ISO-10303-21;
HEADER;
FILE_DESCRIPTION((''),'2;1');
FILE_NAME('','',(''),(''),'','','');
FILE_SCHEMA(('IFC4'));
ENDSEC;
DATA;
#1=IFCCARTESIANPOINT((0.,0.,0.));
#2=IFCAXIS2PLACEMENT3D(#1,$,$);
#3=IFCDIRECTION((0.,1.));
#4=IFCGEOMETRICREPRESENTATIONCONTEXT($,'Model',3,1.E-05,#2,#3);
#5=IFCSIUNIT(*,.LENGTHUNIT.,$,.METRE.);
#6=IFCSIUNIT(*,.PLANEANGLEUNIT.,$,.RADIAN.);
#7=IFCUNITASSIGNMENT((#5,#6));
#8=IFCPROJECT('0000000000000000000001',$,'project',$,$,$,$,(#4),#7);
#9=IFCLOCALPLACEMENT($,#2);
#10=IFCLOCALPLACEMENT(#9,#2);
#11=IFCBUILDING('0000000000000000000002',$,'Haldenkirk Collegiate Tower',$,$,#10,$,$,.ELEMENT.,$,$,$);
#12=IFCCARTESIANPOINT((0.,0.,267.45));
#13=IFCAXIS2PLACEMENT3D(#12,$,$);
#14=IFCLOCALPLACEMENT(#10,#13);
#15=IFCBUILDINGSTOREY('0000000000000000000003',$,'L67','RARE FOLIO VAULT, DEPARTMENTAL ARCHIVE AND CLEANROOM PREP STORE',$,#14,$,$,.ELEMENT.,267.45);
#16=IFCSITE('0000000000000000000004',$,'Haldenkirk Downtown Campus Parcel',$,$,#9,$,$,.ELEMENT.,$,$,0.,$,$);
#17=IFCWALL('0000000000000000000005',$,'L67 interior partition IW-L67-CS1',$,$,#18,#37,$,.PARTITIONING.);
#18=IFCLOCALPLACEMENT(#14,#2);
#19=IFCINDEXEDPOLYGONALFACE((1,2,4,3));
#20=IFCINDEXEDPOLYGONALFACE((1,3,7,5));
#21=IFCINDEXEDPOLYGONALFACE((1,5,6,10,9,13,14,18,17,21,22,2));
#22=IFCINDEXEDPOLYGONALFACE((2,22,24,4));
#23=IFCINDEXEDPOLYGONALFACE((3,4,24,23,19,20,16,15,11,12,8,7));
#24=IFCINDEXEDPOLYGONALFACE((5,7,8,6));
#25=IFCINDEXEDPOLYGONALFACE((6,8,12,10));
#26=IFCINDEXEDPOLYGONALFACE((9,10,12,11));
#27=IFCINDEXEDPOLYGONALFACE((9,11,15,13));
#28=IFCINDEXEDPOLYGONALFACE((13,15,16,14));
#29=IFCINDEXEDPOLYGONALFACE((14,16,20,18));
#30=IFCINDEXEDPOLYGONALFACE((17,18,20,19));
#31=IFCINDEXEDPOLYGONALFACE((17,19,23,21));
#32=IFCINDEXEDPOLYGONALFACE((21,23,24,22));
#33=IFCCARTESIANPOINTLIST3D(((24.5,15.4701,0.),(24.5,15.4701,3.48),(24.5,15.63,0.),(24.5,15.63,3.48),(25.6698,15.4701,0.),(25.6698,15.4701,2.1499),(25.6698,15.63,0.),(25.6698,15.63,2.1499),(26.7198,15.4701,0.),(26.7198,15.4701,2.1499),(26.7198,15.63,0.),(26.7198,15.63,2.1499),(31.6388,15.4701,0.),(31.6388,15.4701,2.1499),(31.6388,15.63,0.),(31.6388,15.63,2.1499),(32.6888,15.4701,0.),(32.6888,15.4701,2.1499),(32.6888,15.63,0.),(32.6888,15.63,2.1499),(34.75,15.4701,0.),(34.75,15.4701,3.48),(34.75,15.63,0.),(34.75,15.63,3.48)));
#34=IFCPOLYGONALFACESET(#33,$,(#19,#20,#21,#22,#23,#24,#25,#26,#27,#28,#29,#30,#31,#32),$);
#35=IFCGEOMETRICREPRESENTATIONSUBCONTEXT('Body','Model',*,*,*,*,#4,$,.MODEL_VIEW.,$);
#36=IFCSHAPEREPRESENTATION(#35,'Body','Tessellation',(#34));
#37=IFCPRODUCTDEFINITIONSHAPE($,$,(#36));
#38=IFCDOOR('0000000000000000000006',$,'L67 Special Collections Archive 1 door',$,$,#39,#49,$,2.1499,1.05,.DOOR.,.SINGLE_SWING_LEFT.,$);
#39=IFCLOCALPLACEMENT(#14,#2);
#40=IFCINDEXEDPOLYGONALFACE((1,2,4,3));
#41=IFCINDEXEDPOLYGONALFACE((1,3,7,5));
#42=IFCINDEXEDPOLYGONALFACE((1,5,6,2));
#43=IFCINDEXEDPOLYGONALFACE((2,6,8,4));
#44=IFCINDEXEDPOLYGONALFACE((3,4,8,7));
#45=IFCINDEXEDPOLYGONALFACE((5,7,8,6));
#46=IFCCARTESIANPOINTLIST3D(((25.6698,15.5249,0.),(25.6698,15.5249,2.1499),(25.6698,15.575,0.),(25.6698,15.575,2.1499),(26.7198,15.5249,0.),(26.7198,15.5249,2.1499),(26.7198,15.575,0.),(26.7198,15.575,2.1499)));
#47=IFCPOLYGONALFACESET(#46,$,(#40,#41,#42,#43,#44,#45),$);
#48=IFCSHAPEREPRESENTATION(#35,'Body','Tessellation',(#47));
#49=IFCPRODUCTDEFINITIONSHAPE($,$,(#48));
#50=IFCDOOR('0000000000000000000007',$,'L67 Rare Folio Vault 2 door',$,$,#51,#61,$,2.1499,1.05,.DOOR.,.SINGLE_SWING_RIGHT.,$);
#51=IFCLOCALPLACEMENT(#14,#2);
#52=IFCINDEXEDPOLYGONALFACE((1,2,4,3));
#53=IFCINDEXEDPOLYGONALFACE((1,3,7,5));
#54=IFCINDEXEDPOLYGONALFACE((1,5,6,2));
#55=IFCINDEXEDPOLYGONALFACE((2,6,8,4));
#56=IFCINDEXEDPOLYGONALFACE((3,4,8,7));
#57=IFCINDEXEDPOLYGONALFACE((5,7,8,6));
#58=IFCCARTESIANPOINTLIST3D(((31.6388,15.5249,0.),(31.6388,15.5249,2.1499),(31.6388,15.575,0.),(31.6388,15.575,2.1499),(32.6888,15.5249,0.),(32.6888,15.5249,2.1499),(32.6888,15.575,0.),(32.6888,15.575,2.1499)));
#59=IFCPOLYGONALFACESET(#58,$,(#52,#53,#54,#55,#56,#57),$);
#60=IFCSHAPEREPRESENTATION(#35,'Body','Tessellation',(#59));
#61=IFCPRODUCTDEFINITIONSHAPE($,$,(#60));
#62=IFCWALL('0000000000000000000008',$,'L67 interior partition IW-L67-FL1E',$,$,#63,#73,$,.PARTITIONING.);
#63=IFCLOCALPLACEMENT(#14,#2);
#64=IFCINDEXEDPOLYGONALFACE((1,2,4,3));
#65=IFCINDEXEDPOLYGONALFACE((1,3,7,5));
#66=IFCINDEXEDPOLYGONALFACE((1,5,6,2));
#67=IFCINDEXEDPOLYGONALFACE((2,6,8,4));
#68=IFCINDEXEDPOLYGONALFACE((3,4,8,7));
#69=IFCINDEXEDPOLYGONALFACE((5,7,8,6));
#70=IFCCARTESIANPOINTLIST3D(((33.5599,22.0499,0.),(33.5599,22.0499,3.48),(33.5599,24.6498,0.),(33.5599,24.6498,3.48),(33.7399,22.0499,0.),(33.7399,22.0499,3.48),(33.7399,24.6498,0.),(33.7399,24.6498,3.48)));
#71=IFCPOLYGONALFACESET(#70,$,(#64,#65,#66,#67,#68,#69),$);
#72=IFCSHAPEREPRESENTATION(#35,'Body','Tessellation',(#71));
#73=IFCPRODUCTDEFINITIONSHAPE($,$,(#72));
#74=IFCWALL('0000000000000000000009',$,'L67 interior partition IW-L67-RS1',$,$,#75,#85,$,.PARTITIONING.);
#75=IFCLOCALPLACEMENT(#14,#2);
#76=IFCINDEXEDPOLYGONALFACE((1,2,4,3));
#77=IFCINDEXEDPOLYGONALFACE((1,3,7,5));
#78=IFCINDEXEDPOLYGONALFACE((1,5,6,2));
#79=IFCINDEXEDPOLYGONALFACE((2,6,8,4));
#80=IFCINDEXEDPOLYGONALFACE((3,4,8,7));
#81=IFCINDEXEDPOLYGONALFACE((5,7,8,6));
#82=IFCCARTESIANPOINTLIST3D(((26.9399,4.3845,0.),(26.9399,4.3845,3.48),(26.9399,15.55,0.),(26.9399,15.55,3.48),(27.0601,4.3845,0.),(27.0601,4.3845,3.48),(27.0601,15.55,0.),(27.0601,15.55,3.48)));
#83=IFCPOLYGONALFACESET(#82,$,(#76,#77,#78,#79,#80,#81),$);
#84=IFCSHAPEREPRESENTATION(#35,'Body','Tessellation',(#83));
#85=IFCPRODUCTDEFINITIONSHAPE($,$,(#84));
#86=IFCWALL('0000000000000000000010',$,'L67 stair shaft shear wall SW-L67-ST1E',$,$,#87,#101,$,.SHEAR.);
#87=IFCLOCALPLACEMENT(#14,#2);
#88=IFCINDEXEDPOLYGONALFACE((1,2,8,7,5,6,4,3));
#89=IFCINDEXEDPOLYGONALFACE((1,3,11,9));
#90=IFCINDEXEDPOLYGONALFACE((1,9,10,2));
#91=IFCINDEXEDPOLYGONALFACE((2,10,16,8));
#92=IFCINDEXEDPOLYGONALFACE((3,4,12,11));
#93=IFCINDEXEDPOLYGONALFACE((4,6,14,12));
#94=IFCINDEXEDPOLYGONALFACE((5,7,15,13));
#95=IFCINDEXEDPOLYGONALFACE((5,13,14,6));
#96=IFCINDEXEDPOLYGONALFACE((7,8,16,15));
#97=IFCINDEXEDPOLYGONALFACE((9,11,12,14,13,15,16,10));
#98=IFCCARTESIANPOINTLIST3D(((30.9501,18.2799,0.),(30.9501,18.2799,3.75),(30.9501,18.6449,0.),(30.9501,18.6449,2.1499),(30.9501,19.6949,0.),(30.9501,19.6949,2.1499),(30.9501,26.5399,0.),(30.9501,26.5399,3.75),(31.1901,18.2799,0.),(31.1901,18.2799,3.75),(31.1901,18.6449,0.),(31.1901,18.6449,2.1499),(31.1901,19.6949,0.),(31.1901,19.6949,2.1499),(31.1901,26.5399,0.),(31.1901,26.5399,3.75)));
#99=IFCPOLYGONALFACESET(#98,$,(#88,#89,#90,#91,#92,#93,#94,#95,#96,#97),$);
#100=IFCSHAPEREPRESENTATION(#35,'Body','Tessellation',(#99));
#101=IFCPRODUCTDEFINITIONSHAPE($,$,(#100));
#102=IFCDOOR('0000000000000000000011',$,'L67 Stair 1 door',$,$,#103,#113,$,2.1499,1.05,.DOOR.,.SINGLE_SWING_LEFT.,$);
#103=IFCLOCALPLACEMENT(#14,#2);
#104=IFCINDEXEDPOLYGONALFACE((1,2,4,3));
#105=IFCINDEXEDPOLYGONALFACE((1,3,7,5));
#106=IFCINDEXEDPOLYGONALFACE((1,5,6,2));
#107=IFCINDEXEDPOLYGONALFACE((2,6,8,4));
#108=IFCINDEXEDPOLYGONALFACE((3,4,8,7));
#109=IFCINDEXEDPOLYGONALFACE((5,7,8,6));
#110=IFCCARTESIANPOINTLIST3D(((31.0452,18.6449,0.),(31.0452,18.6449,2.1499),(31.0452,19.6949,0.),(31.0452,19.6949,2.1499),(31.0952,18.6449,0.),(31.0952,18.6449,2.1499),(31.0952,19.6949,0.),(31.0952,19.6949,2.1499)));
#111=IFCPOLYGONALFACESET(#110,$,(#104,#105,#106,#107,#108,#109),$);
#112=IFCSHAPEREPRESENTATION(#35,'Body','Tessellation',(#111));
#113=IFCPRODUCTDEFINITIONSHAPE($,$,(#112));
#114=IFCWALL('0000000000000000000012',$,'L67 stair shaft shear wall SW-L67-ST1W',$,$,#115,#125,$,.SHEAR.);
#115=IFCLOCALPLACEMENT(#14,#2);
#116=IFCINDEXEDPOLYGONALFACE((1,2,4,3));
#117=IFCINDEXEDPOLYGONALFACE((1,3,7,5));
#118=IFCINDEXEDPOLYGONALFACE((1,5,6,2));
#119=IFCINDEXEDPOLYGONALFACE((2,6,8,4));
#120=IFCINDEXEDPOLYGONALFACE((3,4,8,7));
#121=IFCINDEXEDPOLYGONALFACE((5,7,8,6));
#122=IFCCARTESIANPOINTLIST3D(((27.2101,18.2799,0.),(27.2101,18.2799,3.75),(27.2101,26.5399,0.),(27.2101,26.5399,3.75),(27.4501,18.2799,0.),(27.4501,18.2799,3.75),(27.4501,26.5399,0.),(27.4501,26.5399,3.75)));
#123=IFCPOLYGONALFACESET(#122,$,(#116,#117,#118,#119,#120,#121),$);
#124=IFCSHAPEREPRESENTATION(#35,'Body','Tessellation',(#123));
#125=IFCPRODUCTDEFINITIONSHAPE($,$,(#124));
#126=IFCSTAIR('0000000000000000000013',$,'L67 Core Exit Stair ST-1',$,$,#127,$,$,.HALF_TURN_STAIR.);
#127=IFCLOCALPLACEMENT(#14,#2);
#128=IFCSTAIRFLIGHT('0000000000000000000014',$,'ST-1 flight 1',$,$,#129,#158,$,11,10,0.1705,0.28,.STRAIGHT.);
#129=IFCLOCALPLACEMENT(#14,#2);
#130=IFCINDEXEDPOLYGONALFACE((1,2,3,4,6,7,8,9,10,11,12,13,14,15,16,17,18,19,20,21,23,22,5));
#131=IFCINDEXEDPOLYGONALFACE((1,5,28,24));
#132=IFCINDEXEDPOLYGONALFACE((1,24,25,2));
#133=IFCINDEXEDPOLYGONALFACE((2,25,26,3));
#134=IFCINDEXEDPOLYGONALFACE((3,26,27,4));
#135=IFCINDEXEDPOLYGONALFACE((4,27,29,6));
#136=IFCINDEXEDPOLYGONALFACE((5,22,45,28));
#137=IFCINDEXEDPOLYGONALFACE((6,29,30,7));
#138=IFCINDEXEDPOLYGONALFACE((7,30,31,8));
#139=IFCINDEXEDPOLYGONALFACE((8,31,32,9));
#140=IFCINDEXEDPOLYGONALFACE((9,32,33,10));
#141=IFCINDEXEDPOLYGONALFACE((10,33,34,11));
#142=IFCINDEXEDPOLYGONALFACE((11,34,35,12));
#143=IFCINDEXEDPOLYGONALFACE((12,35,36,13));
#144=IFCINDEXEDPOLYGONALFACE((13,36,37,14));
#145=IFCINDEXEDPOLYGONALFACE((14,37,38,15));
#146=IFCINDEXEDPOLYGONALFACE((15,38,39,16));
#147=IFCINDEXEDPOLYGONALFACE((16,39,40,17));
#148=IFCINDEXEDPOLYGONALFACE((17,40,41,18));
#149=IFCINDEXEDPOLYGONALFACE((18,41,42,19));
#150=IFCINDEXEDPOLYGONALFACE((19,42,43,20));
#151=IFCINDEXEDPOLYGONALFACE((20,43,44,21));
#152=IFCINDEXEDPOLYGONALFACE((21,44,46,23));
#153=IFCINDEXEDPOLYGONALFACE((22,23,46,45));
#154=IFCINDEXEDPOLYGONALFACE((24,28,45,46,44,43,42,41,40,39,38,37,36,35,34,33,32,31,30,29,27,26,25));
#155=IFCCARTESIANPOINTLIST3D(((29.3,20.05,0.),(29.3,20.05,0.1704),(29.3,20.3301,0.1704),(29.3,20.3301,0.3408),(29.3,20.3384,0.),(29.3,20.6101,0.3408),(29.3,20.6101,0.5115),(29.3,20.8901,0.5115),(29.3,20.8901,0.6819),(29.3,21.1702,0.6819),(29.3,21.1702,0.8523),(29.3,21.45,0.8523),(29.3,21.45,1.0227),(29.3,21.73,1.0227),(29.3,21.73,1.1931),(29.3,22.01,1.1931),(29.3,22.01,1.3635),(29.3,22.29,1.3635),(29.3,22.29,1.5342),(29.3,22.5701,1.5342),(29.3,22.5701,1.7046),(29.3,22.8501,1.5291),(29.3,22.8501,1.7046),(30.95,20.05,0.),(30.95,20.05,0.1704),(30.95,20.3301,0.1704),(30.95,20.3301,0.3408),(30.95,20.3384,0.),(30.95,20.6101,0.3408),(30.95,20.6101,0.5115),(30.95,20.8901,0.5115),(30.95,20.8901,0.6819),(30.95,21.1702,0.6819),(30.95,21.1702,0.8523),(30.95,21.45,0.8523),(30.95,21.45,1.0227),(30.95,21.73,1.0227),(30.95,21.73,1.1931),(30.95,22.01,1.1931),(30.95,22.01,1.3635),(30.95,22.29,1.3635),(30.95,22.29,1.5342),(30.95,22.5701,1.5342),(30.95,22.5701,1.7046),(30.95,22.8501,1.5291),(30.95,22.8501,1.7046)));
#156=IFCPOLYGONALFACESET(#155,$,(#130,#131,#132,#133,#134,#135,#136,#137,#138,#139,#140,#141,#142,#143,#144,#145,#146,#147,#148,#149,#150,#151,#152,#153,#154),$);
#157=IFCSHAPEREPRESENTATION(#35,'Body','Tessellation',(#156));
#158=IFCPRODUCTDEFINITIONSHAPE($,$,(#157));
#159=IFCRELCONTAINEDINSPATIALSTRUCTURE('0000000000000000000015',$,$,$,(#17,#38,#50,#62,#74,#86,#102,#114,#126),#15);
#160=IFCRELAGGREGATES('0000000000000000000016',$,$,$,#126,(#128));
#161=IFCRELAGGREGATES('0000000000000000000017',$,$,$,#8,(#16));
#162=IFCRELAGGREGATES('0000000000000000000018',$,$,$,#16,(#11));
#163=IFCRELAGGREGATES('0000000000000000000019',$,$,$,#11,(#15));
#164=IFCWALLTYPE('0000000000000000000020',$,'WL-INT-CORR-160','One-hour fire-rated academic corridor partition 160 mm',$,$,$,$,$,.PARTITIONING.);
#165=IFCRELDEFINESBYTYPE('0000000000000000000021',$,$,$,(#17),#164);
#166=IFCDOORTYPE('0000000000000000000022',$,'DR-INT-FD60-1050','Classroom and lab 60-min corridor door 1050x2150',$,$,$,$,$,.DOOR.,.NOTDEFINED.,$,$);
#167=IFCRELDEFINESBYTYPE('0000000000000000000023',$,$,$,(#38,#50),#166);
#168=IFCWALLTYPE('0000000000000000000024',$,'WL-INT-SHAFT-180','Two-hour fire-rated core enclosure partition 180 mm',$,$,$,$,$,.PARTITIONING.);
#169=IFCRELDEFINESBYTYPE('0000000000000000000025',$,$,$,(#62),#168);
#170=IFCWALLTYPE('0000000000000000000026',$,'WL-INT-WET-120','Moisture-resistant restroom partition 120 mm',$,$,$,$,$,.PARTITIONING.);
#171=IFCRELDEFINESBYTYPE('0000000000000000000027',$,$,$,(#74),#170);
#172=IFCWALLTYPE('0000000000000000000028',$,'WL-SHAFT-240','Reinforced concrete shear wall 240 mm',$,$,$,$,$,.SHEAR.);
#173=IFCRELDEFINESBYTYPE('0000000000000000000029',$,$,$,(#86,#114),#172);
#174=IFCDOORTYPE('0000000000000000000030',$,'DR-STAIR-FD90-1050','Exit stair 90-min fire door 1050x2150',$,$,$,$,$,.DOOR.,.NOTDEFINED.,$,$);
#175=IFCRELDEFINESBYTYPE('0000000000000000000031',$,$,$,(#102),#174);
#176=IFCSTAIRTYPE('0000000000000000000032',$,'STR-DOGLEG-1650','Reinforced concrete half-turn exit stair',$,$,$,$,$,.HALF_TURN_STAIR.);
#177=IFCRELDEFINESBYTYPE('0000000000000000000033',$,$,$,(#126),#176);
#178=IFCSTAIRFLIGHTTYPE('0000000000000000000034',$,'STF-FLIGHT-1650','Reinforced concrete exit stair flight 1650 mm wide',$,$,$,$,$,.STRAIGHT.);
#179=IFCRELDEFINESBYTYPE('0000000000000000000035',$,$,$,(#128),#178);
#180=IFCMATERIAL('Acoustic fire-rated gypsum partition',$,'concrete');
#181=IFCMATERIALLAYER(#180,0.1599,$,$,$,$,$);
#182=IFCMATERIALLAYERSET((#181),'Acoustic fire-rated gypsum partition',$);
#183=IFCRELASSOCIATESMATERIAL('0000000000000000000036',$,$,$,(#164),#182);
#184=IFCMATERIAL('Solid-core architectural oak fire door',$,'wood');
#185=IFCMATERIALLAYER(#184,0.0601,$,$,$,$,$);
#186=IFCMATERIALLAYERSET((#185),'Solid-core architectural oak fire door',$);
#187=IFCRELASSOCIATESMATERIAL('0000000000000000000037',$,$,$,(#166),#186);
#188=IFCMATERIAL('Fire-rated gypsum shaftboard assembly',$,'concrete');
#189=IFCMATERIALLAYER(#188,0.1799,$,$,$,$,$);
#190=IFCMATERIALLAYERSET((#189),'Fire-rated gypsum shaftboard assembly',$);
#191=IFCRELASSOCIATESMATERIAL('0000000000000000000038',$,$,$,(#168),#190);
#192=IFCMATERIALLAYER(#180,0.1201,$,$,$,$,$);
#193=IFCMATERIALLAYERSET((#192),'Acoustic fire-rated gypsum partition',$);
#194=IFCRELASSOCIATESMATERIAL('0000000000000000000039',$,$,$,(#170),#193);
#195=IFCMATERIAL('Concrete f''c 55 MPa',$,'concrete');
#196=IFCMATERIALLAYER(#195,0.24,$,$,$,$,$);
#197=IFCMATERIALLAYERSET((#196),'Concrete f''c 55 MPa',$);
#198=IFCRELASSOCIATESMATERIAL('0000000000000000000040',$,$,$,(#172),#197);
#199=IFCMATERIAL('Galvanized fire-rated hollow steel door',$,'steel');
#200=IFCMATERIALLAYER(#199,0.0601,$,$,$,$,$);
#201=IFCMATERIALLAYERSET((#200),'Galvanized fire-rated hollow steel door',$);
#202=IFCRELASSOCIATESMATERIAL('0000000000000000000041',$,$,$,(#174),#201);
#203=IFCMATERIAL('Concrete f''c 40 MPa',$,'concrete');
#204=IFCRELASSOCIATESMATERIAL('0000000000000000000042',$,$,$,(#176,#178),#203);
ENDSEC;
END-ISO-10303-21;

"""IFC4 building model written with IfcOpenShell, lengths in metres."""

from ifc_helpers import new_model, si_unit, direction, frame, frame_2d, origin, place, context, subcontext, project, spatial, polyline, rectangle, outline, extrude, material, layer, layer_set, type_object, element, fill, aggregate, save


model = new_model("IFC4")

# Units and contexts
model_context = context("Model", 3, precision=1e-05, world=origin(), true_north=direction((0.0, 1.0)))
body_context = subcontext(model_context, "Body", "Model", "MODEL_VIEW")
ifc_project = project(units=[si_unit("LENGTHUNIT", "METRE"), si_unit("PLANEANGLEUNIT", "RADIAN")], contexts=[model_context])

# Site, building, storey
site_placement = place(None, origin())
site = spatial("IfcSite", under=ifc_project, at=site_placement, Name="Haldenkirk Downtown Campus Parcel", CompositionType="ELEMENT", RefElevation=0.0)
building_placement = place(site_placement, origin())
building = spatial("IfcBuilding", under=site, at=building_placement, Name="Haldenkirk Collegiate Tower", CompositionType="ELEMENT")
storey_placement = place(building_placement, frame((0.0, 0.0, 267.45)))
storey = spatial("IfcBuildingStorey", under=building, at=storey_placement, Name="L67", Description="RARE FOLIO VAULT, DEPARTMENTAL ARCHIVE AND CLEANROOM PREP STORE", CompositionType="ELEMENT", Elevation=267.45)

# Shared definitions
ifc_material_1 = material(Name="Concrete f'c 55 MPa", Category="concrete")
ifc_material_2 = material(Name="Galvanized fire-rated hollow steel door", Category="steel")

# Wall, openings, doors
ifc_material_3 = material(Name="Acoustic fire-rated gypsum partition", Category="concrete")
ifc_layer_1 = layer(ifc_material_3, 0.1599)
ifc_layer_set_1 = layer_set([ifc_layer_1], Name="Acoustic fire-rated gypsum partition")
wall_type_1 = type_object("IfcWallType", Name="WL-INT-CORR-160", Description="One-hour fire-rated academic corridor partition 160 mm", PredefinedType="PARTITIONING", material=ifc_layer_set_1)
wall_1_placement = place(storey_placement, frame((24.5, 15.55, 0.0), z_axis=(0.0, 0.0, 1.0), x_axis=(1.0, 0.0, 0.0)))
wall_1 = element("IfcWall", 1, at=wall_1_placement, inside=storey, type_object=wall_type_1, Name="L67 interior partition IW-L67-CS1", PredefinedType="PARTITIONING", context=body_context, shape_type="SweptSolid", body=[
    extrude(rectangle(XDim=10.25, YDim=0.1599, at=frame_2d((5.125, 0.0))), origin(), (0.0, 0.0, 1.0), 3.48),
])
opening_1_placement = place(wall_1_placement, frame((1.1699, 0.0, 0.0)))
opening_1 = element("IfcOpeningElement", 2, at=opening_1_placement, cuts=wall_1, PredefinedType="OPENING", context=body_context, shape_type="SweptSolid", body=[
    extrude(rectangle(XDim=1.05, YDim=2.1499, at=frame_2d((0.5249, 1.075))), frame((0.0, 0.0898, 0.0), z_axis=(0.0, -1.0, 0.0), x_axis=(1.0, 0.0, 0.0)), (0.0, 0.0, 1.0), 0.1799),
])
opening_2_placement = place(wall_1_placement, frame((7.1389, 0.0, 0.0)))
opening_2 = element("IfcOpeningElement", 3, at=opening_2_placement, cuts=wall_1, PredefinedType="OPENING", context=body_context, shape_type="SweptSolid", body=[
    extrude(rectangle(XDim=1.05, YDim=2.1499, at=frame_2d((0.5249, 1.075))), frame((0.0, 0.0898, 0.0), z_axis=(0.0, -1.0, 0.0), x_axis=(1.0, 0.0, 0.0)), (0.0, 0.0, 1.0), 0.1799),
])
ifc_material_4 = material(Name="Solid-core architectural oak fire door", Category="wood")
ifc_layer_2 = layer(ifc_material_4, 0.0601)
ifc_layer_set_2 = layer_set([ifc_layer_2], Name="Solid-core architectural oak fire door")
door_type_1 = type_object("IfcDoorType", Name="DR-INT-FD60-1050", Description="Classroom and lab 60-min corridor door 1050x2150", OperationType="NOTDEFINED", PredefinedType="DOOR", material=ifc_layer_set_2)
door_1_placement = place(opening_1_placement, origin())
door_1 = element("IfcDoor", 4, at=door_1_placement, inside=storey, type_object=door_type_1, Name="L67 Special Collections Archive 1 door", OperationType="SINGLE_SWING_LEFT", OverallHeight=2.1499, OverallWidth=1.05, PredefinedType="DOOR", context=body_context, shape_type="SweptSolid", body=[
    extrude(rectangle(XDim=1.05, YDim=2.1499, at=frame_2d((0.5249, 1.075))), frame((0.0, 0.0249, 0.0), z_axis=(0.0, -1.0, 0.0), x_axis=(1.0, 0.0, 0.0)), (0.0, 0.0, 1.0), 0.05),
])
fill(opening_1, door_1)
door_2_placement = place(opening_2_placement, origin())
door_2 = element("IfcDoor", 5, at=door_2_placement, inside=storey, type_object=door_type_1, Name="L67 Rare Folio Vault 2 door", OperationType="SINGLE_SWING_RIGHT", OverallHeight=2.1499, OverallWidth=1.05, PredefinedType="DOOR", context=body_context, shape_type="SweptSolid", body=[
    extrude(rectangle(XDim=1.05, YDim=2.1499, at=frame_2d((0.5249, 1.075))), frame((0.0, 0.0249, 0.0), z_axis=(0.0, -1.0, 0.0), x_axis=(1.0, 0.0, 0.0)), (0.0, 0.0, 1.0), 0.05),
])
fill(opening_2, door_2)

# Wall
ifc_material_5 = material(Name="Fire-rated gypsum shaftboard assembly", Category="concrete")
ifc_layer_3 = layer(ifc_material_5, 0.1799)
ifc_layer_set_3 = layer_set([ifc_layer_3], Name="Fire-rated gypsum shaftboard assembly")
wall_type_2 = type_object("IfcWallType", Name="WL-INT-SHAFT-180", Description="Two-hour fire-rated core enclosure partition 180 mm", PredefinedType="PARTITIONING", material=ifc_layer_set_3)
wall_2_placement = place(storey_placement, frame((33.6499, 22.05, 0.0), z_axis=(0.0, 0.0, 1.0), x_axis=(0.0, 1.0, 0.0)))
element("IfcWall", 6, at=wall_2_placement, inside=storey, type_object=wall_type_2, Name="L67 interior partition IW-L67-FL1E", PredefinedType="PARTITIONING", context=body_context, shape_type="SweptSolid", body=[
    extrude(rectangle(XDim=2.5999, YDim=0.1799, at=frame_2d((1.2998, 0.0))), origin(), (0.0, 0.0, 1.0), 3.48),
])

# Wall
ifc_layer_4 = layer(ifc_material_3, 0.1201)
ifc_layer_set_4 = layer_set([ifc_layer_4], Name="Acoustic fire-rated gypsum partition")
wall_type_3 = type_object("IfcWallType", Name="WL-INT-WET-120", Description="Moisture-resistant restroom partition 120 mm", PredefinedType="PARTITIONING", material=ifc_layer_set_4)
wall_3_placement = place(storey_placement, frame((27.0, 4.3845, 0.0), z_axis=(0.0, 0.0, 1.0), x_axis=(0.0, 1.0, 0.0)))
element("IfcWall", 7, at=wall_3_placement, inside=storey, type_object=wall_type_3, Name="L67 interior partition IW-L67-RS1", PredefinedType="PARTITIONING", context=body_context, shape_type="SweptSolid", body=[
    extrude(rectangle(XDim=11.1655, YDim=0.1201, at=frame_2d((5.5828, 0.0))), origin(), (0.0, 0.0, 1.0), 3.48),
])

# Wall, opening, door
ifc_layer_5 = layer(ifc_material_1, 0.24)
ifc_layer_set_5 = layer_set([ifc_layer_5], Name="Concrete f'c 55 MPa")
wall_type_4 = type_object("IfcWallType", Name="WL-SHAFT-240", Description="Reinforced concrete shear wall 240 mm", PredefinedType="SHEAR", material=ifc_layer_set_5)
wall_4_placement = place(storey_placement, frame((31.0701, 18.28, 0.0), z_axis=(0.0, 0.0, 1.0), x_axis=(0.0, 1.0, 0.0)))
wall_4 = element("IfcWall", 8, at=wall_4_placement, inside=storey, type_object=wall_type_4, Name="L67 stair shaft shear wall SW-L67-ST1E", PredefinedType="SHEAR", context=body_context, shape_type="SweptSolid", body=[
    extrude(rectangle(XDim=8.26, YDim=0.24, at=frame_2d((4.1299, 0.0))), origin(), (0.0, 0.0, 1.0), 3.75),
])
opening_3_placement = place(wall_4_placement, frame((0.365, 0.0, 0.0)))
opening_3 = element("IfcOpeningElement", 9, at=opening_3_placement, cuts=wall_4, PredefinedType="OPENING", context=body_context, shape_type="SweptSolid", body=[
    extrude(rectangle(XDim=1.05, YDim=2.1499, at=frame_2d((0.5249, 1.075))), frame((0.0, 0.1299, 0.0), z_axis=(0.0, -1.0, 0.0), x_axis=(1.0, 0.0, 0.0)), (0.0, 0.0, 1.0), 0.26),
])
ifc_layer_6 = layer(ifc_material_2, 0.0601)
ifc_layer_set_6 = layer_set([ifc_layer_6], Name="Galvanized fire-rated hollow steel door")
door_type_2 = type_object("IfcDoorType", Name="DR-STAIR-FD90-1050", Description="Exit stair 90-min fire door 1050x2150", OperationType="NOTDEFINED", PredefinedType="DOOR", material=ifc_layer_set_6)
door_3_placement = place(opening_3_placement, origin())
door_3 = element("IfcDoor", 10, at=door_3_placement, inside=storey, type_object=door_type_2, Name="L67 Stair 1 door", OperationType="SINGLE_SWING_LEFT", OverallHeight=2.1499, OverallWidth=1.05, PredefinedType="DOOR", context=body_context, shape_type="SweptSolid", body=[
    extrude(rectangle(XDim=1.05, YDim=2.1499, at=frame_2d((0.5249, 1.075))), frame((0.0, 0.0249, 0.0), z_axis=(0.0, -1.0, 0.0), x_axis=(1.0, 0.0, 0.0)), (0.0, 0.0, 1.0), 0.05),
])
fill(opening_3, door_3)

# Wall
wall_5_placement = place(storey_placement, frame((27.3301, 18.28, 0.0), z_axis=(0.0, 0.0, 1.0), x_axis=(0.0, 1.0, 0.0)))
element("IfcWall", 11, at=wall_5_placement, inside=storey, type_object=wall_type_4, Name="L67 stair shaft shear wall SW-L67-ST1W", PredefinedType="SHEAR", context=body_context, shape_type="SweptSolid", body=[
    extrude(rectangle(XDim=8.26, YDim=0.24, at=frame_2d((4.1299, 0.0))), origin(), (0.0, 0.0, 1.0), 3.75),
])

# Stair, stair flight
ifc_material_6 = material(Name="Concrete f'c 40 MPa", Category="concrete")
stair_type = type_object("IfcStairType", Name="STR-DOGLEG-1650", Description="Reinforced concrete half-turn exit stair", PredefinedType="HALF_TURN_STAIR", material=ifc_material_6)
stair_placement = place(storey_placement, origin())
stair = element("IfcStair", 12, at=stair_placement, inside=storey, type_object=stair_type, Name="L67 Core Exit Stair ST-1", PredefinedType="HALF_TURN_STAIR")
stair_flight_type = type_object("IfcStairFlightType", Name="STF-FLIGHT-1650", Description="Reinforced concrete exit stair flight 1650 mm wide", PredefinedType="STRAIGHT", material=ifc_material_6)
stair_flight_placement = place(storey_placement, frame((30.125, 20.05, 0.0), z_axis=(0.0, 0.0, 1.0), x_axis=(0.0, 1.0, 0.0)))
stair_flight = element("IfcStairFlight", 13, at=stair_flight_placement, type_object=stair_flight_type, Name="ST-1 flight 1", NumberOfRisers=11, NumberOfTreads=10, PredefinedType="STRAIGHT", RiserHeight=0.1705, TreadLength=0.28, context=body_context, shape_type="SweptSolid", body=[
    extrude(outline(polyline([(0.0, 0.0), (0.0, 0.1704), (0.28, 0.1704), (0.28, 0.3408), (0.5601, 0.3408), (0.5601, 0.5115), (0.8401, 0.5115), (0.8401, 0.6819), (1.1201, 0.6819), (1.1201, 0.8523), (1.3999, 0.8523), (1.3999, 1.0227), (1.6799, 1.0227), (1.6799, 1.1931), (1.96, 1.1931), (1.96, 1.3635), (2.24, 1.3635), (2.24, 1.5342), (2.52, 1.5342), (2.52, 1.7046), (2.8, 1.7046), (2.8, 1.875), (2.8, 1.5291), (0.2883, 0.0), (0.0, 0.0)])), frame((0.0, 0.825, 0.0), z_axis=(0.0, -1.0, 0.0), x_axis=(1.0, 0.0, 0.0)), (0.0, 0.0, 1.0), 1.6499),
])
aggregate(stair, [stair_flight])

save(model, "model.ifc")
